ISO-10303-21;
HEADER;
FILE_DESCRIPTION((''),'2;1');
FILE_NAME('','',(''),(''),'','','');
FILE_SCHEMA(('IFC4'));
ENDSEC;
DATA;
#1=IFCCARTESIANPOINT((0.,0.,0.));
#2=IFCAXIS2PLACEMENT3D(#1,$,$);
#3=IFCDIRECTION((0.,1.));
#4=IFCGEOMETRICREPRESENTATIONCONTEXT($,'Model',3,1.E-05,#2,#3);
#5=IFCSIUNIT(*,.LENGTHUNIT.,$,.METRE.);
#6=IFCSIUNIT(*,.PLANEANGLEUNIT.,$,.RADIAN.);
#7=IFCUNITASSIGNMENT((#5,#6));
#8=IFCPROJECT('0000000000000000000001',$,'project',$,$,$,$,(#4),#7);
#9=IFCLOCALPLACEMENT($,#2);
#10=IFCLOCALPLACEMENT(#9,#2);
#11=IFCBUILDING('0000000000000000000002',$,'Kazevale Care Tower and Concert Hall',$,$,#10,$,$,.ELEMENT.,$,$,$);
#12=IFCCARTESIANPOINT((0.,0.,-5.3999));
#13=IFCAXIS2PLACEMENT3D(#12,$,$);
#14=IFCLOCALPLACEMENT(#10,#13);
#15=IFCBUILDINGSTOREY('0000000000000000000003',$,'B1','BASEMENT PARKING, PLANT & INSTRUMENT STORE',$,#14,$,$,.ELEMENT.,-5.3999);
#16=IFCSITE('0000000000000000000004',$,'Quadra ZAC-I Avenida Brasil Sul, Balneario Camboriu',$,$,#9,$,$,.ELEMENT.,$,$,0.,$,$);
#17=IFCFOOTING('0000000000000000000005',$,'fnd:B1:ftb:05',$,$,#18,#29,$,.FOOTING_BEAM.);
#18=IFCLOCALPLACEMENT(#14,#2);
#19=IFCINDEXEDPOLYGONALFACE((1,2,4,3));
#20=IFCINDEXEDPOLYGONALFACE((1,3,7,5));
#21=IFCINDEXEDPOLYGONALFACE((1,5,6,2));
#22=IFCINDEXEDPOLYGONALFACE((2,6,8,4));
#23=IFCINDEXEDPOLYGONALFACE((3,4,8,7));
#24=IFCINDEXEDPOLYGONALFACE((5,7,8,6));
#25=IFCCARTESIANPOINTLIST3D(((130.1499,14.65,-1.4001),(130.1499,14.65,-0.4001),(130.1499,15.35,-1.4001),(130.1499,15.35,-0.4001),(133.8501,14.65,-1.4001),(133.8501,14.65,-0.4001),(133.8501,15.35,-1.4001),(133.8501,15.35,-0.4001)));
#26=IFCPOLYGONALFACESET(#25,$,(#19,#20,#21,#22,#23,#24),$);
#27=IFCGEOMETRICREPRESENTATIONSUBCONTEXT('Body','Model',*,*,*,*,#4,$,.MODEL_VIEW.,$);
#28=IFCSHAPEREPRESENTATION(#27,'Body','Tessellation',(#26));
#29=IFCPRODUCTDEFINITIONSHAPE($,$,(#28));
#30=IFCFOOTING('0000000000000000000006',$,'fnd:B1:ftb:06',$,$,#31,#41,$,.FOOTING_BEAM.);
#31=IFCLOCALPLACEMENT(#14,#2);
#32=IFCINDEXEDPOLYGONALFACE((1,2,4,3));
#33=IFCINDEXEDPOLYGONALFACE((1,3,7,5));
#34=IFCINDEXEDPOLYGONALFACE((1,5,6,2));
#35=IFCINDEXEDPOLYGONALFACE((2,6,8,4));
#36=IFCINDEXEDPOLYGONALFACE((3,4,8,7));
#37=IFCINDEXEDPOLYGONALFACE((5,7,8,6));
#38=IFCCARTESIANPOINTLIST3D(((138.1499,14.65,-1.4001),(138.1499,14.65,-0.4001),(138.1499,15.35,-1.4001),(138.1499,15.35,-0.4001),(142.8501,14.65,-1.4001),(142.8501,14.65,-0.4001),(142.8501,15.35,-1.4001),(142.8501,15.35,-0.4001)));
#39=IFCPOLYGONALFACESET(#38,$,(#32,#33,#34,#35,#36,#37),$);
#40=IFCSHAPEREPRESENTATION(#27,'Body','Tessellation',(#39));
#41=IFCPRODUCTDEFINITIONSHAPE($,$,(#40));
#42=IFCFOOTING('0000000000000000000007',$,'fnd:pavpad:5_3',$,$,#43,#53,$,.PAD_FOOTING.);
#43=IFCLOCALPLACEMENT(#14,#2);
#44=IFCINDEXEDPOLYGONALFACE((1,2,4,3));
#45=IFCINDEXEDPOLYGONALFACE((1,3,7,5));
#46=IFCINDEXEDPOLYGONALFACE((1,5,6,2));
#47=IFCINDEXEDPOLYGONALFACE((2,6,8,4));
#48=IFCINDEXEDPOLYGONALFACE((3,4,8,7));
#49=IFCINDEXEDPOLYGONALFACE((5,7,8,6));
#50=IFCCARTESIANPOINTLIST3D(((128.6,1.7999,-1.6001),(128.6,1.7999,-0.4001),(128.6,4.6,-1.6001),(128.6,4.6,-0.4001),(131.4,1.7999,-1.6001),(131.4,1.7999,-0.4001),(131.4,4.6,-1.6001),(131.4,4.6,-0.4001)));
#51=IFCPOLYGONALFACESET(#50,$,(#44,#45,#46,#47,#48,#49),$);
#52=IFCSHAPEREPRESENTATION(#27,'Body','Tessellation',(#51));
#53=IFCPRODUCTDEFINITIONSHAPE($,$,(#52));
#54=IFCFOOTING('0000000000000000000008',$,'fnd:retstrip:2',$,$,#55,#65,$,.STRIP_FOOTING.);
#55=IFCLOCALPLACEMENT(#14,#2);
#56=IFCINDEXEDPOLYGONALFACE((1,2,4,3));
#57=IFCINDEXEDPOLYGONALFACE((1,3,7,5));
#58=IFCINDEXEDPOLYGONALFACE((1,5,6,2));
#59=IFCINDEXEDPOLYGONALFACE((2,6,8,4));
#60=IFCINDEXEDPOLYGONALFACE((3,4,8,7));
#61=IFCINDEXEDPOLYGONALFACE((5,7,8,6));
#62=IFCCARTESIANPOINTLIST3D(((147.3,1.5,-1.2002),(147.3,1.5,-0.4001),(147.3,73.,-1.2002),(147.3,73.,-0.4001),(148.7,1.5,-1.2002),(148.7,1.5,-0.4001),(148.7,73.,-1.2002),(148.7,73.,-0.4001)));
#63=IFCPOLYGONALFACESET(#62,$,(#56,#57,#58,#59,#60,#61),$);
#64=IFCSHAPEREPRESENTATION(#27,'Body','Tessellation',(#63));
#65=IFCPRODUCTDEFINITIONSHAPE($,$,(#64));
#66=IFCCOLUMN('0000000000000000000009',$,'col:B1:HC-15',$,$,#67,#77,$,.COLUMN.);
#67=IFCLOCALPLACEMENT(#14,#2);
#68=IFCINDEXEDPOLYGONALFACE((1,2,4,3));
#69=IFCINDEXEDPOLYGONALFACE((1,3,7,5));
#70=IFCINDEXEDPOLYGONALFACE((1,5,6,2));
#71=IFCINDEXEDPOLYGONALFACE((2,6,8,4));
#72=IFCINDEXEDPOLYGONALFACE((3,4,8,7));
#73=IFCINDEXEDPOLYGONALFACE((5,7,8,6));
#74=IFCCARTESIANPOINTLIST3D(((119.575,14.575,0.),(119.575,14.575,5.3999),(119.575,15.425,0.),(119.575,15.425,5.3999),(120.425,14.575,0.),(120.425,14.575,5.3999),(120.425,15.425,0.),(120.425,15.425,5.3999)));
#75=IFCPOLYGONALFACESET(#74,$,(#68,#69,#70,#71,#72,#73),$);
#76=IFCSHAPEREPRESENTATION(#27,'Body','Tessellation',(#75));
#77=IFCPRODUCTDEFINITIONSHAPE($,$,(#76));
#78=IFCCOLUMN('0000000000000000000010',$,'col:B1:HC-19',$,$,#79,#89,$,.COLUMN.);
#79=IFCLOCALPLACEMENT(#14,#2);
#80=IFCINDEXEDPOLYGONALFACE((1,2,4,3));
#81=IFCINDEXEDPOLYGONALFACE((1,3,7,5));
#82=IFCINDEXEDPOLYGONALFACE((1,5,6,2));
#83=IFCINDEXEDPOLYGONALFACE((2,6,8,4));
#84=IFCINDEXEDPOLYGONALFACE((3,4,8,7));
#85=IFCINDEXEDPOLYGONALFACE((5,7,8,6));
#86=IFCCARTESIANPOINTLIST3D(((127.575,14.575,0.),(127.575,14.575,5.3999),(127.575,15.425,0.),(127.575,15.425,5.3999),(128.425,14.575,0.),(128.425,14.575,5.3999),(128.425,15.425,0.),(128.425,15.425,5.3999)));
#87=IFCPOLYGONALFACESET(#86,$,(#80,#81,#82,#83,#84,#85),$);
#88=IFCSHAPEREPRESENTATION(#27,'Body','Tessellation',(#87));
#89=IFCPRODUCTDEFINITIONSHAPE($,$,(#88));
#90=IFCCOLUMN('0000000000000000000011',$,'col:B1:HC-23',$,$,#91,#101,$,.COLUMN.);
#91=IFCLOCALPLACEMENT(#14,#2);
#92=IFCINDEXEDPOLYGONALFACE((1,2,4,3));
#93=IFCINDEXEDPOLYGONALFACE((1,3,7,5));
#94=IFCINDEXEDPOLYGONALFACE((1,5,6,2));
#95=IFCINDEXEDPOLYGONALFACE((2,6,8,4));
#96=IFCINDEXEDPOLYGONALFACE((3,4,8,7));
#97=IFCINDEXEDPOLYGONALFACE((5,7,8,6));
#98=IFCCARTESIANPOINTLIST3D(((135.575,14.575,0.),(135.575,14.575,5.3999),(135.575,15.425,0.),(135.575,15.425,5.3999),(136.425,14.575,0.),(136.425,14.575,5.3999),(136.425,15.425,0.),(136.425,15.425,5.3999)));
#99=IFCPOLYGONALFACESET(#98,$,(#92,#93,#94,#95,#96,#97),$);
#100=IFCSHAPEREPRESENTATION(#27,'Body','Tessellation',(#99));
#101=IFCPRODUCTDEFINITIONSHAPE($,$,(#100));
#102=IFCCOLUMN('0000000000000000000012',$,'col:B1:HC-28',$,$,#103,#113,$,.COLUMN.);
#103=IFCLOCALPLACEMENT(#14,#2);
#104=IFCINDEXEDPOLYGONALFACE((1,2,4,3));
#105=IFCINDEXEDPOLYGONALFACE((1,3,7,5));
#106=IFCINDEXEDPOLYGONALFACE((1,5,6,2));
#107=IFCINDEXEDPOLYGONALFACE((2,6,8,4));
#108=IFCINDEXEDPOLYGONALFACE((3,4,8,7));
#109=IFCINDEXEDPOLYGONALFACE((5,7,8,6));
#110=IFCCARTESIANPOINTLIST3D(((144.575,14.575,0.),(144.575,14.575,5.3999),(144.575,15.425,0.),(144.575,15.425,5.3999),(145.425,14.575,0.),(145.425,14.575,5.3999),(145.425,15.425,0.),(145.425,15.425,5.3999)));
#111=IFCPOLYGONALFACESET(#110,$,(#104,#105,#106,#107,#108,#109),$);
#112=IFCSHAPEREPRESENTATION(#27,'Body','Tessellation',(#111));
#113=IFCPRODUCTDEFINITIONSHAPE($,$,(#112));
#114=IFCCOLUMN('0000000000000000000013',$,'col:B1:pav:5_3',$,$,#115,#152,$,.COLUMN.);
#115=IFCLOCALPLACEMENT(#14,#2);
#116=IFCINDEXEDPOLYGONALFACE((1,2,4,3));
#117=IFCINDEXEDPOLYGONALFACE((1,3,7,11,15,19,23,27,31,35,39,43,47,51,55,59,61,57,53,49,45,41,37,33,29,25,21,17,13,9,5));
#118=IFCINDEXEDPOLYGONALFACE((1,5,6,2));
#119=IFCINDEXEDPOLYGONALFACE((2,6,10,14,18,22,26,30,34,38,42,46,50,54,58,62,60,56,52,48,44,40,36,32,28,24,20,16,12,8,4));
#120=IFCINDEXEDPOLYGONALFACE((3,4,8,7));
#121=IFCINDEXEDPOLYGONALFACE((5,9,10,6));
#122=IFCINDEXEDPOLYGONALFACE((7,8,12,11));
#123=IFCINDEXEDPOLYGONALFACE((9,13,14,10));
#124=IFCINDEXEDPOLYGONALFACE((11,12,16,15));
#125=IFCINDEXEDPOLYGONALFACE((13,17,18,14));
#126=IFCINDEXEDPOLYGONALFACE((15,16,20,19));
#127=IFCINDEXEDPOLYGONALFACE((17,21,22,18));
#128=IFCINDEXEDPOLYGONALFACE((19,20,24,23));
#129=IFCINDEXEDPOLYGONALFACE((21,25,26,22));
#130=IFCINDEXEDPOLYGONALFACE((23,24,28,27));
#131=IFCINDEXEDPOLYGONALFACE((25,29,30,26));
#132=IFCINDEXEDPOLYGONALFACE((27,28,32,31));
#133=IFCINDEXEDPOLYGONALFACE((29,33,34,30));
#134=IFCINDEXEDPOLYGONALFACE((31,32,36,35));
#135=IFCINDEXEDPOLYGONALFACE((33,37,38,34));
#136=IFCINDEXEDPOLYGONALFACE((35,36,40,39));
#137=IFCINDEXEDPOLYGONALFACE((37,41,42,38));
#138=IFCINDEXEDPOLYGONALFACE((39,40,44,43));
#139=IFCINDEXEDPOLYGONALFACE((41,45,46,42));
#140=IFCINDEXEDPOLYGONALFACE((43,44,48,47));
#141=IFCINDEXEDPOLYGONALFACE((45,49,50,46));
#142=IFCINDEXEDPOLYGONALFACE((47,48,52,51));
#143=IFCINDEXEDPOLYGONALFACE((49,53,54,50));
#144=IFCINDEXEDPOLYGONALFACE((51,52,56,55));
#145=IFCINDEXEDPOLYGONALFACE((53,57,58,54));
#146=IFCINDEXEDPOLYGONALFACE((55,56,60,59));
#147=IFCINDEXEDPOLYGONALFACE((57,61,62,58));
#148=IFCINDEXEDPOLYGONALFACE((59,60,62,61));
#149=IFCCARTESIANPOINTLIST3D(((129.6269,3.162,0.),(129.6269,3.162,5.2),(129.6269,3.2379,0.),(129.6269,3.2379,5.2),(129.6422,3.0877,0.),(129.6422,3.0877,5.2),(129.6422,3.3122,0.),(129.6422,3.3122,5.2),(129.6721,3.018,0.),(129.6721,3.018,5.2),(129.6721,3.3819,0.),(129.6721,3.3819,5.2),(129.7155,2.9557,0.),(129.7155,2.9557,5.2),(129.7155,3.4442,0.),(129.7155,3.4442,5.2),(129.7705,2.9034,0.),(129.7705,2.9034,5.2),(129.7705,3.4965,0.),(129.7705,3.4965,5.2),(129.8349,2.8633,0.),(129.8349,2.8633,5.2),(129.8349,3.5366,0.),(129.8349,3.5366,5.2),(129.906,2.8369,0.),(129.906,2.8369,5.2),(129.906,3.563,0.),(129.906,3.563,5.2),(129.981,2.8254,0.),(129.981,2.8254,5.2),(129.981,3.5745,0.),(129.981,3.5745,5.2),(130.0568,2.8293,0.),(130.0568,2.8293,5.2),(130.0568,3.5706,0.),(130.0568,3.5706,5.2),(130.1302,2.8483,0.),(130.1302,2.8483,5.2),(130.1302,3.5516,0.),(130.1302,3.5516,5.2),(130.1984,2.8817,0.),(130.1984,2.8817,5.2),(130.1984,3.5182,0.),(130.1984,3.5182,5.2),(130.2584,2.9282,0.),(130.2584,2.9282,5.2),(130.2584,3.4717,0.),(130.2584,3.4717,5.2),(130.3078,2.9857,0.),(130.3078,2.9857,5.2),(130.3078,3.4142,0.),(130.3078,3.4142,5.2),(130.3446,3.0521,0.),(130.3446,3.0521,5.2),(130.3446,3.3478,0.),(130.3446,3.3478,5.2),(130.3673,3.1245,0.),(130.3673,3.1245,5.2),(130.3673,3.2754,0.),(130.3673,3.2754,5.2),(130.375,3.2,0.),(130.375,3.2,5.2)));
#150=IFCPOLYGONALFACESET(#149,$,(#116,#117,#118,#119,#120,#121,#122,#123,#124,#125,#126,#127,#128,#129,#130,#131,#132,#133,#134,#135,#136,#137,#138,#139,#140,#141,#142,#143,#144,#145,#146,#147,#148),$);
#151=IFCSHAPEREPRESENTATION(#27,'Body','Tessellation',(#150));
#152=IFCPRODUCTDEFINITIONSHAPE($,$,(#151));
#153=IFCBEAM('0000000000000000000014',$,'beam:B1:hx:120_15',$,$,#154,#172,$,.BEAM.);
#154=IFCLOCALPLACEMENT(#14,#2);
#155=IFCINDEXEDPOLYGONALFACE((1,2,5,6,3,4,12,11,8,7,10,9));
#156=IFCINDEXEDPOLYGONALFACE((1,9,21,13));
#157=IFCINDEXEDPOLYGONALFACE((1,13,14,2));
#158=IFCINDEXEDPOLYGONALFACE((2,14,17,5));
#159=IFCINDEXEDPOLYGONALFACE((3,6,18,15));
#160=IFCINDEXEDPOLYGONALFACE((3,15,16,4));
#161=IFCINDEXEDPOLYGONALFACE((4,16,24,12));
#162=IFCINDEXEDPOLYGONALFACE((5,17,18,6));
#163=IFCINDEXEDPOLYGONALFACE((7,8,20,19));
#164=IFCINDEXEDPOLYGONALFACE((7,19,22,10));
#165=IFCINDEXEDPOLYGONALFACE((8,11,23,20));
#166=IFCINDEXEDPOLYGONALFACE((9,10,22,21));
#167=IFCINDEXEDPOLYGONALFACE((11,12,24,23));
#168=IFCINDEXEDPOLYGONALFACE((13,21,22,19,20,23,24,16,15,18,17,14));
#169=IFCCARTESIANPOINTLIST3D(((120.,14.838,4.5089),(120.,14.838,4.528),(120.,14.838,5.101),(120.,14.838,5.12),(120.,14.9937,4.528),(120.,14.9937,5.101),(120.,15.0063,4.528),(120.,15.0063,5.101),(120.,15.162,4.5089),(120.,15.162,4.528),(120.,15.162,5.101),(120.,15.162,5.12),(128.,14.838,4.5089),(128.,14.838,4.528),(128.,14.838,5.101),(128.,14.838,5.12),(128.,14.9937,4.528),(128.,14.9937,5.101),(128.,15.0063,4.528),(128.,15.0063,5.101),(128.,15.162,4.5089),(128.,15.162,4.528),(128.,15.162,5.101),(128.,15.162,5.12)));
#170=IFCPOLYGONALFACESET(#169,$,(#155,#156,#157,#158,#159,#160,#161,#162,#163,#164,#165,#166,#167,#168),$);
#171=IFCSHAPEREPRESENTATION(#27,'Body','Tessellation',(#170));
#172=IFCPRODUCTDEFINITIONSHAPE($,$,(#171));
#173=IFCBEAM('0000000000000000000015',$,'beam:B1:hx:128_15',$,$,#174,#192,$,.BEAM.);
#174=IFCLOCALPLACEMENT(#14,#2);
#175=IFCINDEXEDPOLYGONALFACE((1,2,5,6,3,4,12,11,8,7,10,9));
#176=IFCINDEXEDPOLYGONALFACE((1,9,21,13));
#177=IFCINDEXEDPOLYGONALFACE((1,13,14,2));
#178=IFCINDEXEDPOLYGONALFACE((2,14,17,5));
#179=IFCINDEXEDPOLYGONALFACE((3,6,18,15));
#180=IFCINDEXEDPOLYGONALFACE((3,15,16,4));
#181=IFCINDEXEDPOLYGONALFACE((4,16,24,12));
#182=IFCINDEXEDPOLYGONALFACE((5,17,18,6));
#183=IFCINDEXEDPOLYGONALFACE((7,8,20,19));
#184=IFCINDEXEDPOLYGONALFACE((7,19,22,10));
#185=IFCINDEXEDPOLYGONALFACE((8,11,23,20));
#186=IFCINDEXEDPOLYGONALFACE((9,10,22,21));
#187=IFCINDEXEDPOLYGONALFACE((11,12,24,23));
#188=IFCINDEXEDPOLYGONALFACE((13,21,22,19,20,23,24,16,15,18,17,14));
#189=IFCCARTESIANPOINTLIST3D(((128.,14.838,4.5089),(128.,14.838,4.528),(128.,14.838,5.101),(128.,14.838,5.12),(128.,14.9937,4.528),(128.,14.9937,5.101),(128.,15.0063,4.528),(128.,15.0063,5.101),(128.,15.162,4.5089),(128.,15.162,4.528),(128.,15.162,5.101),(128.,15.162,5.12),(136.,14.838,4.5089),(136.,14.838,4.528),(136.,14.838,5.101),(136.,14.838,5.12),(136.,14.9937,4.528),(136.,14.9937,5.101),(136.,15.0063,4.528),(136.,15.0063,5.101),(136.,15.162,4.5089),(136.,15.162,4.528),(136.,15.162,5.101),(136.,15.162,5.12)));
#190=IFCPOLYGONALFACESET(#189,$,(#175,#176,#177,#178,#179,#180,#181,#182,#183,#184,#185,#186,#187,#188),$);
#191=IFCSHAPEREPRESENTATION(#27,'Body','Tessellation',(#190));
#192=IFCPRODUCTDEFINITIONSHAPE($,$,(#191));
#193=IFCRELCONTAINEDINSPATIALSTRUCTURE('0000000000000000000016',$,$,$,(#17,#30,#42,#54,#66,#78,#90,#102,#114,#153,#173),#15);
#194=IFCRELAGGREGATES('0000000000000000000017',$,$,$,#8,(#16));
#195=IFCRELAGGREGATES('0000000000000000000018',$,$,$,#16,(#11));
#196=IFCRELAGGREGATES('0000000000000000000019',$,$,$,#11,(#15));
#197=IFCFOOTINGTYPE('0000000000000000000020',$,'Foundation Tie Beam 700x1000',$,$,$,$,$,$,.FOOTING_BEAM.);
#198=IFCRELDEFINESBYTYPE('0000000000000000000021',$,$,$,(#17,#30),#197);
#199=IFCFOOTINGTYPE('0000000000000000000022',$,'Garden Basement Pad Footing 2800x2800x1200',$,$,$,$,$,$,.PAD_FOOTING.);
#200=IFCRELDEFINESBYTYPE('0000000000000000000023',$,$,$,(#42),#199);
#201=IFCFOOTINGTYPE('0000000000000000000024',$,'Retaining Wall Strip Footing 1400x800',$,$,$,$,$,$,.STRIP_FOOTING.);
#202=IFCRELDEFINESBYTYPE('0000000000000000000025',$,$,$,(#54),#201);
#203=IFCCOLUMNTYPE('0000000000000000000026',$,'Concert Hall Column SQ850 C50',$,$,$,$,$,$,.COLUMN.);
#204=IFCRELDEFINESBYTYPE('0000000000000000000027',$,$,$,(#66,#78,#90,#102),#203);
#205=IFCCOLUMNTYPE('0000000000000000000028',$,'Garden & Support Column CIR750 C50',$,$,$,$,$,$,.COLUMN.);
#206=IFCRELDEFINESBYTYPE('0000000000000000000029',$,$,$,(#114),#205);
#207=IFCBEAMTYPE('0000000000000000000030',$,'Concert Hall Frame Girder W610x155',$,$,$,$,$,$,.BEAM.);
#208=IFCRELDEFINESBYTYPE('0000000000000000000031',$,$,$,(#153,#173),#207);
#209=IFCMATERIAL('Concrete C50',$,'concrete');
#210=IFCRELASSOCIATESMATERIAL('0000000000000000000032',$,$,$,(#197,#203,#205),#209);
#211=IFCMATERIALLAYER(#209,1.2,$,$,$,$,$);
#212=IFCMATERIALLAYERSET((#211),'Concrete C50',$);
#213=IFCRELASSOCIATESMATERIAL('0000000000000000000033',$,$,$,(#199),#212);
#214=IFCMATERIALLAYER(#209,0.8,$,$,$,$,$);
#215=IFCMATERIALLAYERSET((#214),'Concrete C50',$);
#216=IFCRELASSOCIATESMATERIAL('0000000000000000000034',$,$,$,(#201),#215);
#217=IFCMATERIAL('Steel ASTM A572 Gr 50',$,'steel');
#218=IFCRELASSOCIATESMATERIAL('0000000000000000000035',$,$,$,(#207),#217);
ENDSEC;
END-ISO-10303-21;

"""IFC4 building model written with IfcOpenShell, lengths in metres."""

from ifc_helpers import new_model, si_unit, direction, frame, frame_2d, origin, origin_2d, place, context, subcontext, project, spatial, rectangle, circle, i_section, extrude, material, layer, layer_set, material_profile, profile_set, type_object, element, save


model = new_model("IFC4")

# Units and contexts
model_context = context("Model", 3, precision=1e-05, world=origin(), true_north=direction((0.0, 1.0)))
body_context = subcontext(model_context, "Body", "Model", "MODEL_VIEW")
ifc_project = project(units=[si_unit("LENGTHUNIT", "METRE"), si_unit("PLANEANGLEUNIT", "RADIAN")], contexts=[model_context])

# Site, building, storey
site_placement = place(None, origin())
site = spatial("IfcSite", under=ifc_project, at=site_placement, Name="Quadra ZAC-I Avenida Brasil Sul, Balneario Camboriu", CompositionType="ELEMENT", RefElevation=0.0)
building_placement = place(site_placement, origin())
building = spatial("IfcBuilding", under=site, at=building_placement, Name="Kazevale Care Tower and Concert Hall", CompositionType="ELEMENT")
storey_placement = place(building_placement, frame((0.0, 0.0, -5.3999)))
storey = spatial("IfcBuildingStorey", under=building, at=storey_placement, Name="B1", Description="BASEMENT PARKING, PLANT & INSTRUMENT STORE", CompositionType="ELEMENT", Elevation=-5.3999)

# Shared definitions
ifc_material_1 = material(Name="Concrete C50", Category="concrete")

# Footings
ifc_material_profile_1 = material_profile(ifc_material_1, rectangle(XDim=0.7, YDim=1.0, at=origin_2d()), Name="RC-GB700x1000")
ifc_profile_set_1 = profile_set([ifc_material_profile_1], Name="Concrete C50")
footing_type_1 = type_object("IfcFootingType", Name="Foundation Tie Beam 700x1000", PredefinedType="FOOTING_BEAM", material=ifc_profile_set_1)
for number, where, z_axis, x_axis, name in (
    (1, (130.1499, 15.0, -1.4001), (0.0, 0.0, 1.0), (1.0, 0.0, 0.0), "fnd:B1:ftb:05"),
):
    element("IfcFooting", number, at=place(storey_placement, frame(where, z_axis=z_axis, x_axis=x_axis)), inside=storey, type_object=footing_type_1, Name=name, PredefinedType="FOOTING_BEAM", context=body_context, shape_type="SweptSolid", body=[
        extrude(rectangle(XDim=3.7002, YDim=0.7, at=frame_2d((1.8501, 0.0))), origin(), (0.0, 0.0, 1.0), 1.0),
    ])
footing_1_placement = place(storey_placement, frame((138.1499, 15.0, -1.4001), z_axis=(0.0, 0.0, 1.0), x_axis=(1.0, 0.0, 0.0)))
element("IfcFooting", 2, at=footing_1_placement, inside=storey, type_object=footing_type_1, Name="fnd:B1:ftb:06", PredefinedType="FOOTING_BEAM", context=body_context, shape_type="SweptSolid", body=[
    extrude(rectangle(XDim=4.7002, YDim=0.7, at=frame_2d((2.3501, 0.0))), origin(), (0.0, 0.0, 1.0), 1.0),
])
ifc_layer_1 = layer(ifc_material_1, 1.2)
ifc_layer_set_1 = layer_set([ifc_layer_1], Name="Concrete C50")
footing_type_2 = type_object("IfcFootingType", Name="Garden Basement Pad Footing 2800x2800x1200", PredefinedType="PAD_FOOTING", material=ifc_layer_set_1)
footing_2_placement = place(storey_placement, frame((130.0, 3.2, -1.6001), z_axis=(0.0, 0.0, 1.0), x_axis=(1.0, 0.0, 0.0)))
element("IfcFooting", 3, at=footing_2_placement, inside=storey, type_object=footing_type_2, Name="fnd:pavpad:5_3", PredefinedType="PAD_FOOTING", context=body_context, shape_type="SweptSolid", body=[
    extrude(rectangle(XDim=2.8, YDim=2.8, at=origin_2d()), origin(), (0.0, 0.0, 1.0), 1.2),
])
ifc_layer_2 = layer(ifc_material_1, 0.8)
ifc_layer_set_2 = layer_set([ifc_layer_2], Name="Concrete C50")
footing_type_3 = type_object("IfcFootingType", Name="Retaining Wall Strip Footing 1400x800", PredefinedType="STRIP_FOOTING", material=ifc_layer_set_2)
footing_3_placement = place(storey_placement, frame((148.0, 1.5, -1.2002), z_axis=(0.0, 0.0, 1.0), x_axis=(0.0, 1.0, 0.0)))
element("IfcFooting", 4, at=footing_3_placement, inside=storey, type_object=footing_type_3, Name="fnd:retstrip:2", PredefinedType="STRIP_FOOTING", context=body_context, shape_type="SweptSolid", body=[
    extrude(rectangle(XDim=71.5, YDim=1.3999, at=frame_2d((35.75, 0.0))), origin(), (0.0, 0.0, 1.0), 0.8),
])

# Columns
ifc_material_profile_2 = material_profile(ifc_material_1, rectangle(XDim=0.8501, YDim=0.8501, at=origin_2d()), Name="RC-SQ850")
ifc_profile_set_2 = profile_set([ifc_material_profile_2], Name="Concrete C50")
column_type_1 = type_object("IfcColumnType", Name="Concert Hall Column SQ850 C50", PredefinedType="COLUMN", material=ifc_profile_set_2)
for number, where, z_axis, x_axis, name in (
    (5, (120.0, 15.0, 0.0), (0.0, 0.0, 1.0), (1.0, 0.0, 0.0), "col:B1:HC-15"),
    (6, (128.0, 15.0, 0.0), (0.0, 0.0, 1.0), (1.0, 0.0, 0.0), "col:B1:HC-19"),
    (7, (136.0, 15.0, 0.0), (0.0, 0.0, 1.0), (1.0, 0.0, 0.0), "col:B1:HC-23"),
    (8, (145.0, 15.0, 0.0), (0.0, 0.0, 1.0), (1.0, 0.0, 0.0), "col:B1:HC-28"),
):
    element("IfcColumn", number, at=place(storey_placement, frame(where, z_axis=z_axis, x_axis=x_axis)), inside=storey, type_object=column_type_1, Name=name, PredefinedType="COLUMN", context=body_context, shape_type="SweptSolid", body=[
        extrude(rectangle(XDim=0.8501, YDim=0.8501, at=origin_2d()), origin(), (0.0, 0.0, 1.0), 5.3999),
    ])
ifc_material_profile_3 = material_profile(ifc_material_1, circle(Radius=0.375, at=origin_2d()), Name="RC-CIR750")
ifc_profile_set_3 = profile_set([ifc_material_profile_3], Name="Concrete C50")
column_type_2 = type_object("IfcColumnType", Name="Garden & Support Column CIR750 C50", PredefinedType="COLUMN", material=ifc_profile_set_3)
column_placement = place(storey_placement, frame((130.0, 3.2, 0.0), z_axis=(0.0, 0.0, 1.0), x_axis=(1.0, 0.0, 0.0)))
element("IfcColumn", 9, at=column_placement, inside=storey, type_object=column_type_2, Name="col:B1:pav:5_3", PredefinedType="COLUMN", context=body_context, shape_type="SweptSolid", body=[
    extrude(circle(Radius=0.375, at=origin_2d()), origin(), (0.0, 0.0, 1.0), 5.2),
])

# Beams
ifc_material_2 = material(Name="Steel ASTM A572 Gr 50", Category="steel")
ifc_material_profile_4 = material_profile(ifc_material_2, i_section(OverallWidth=0.324, OverallDepth=0.6111, WebThickness=0.0127, FlangeThickness=0.019, at=origin_2d()), Name="W610x155")
ifc_profile_set_4 = profile_set([ifc_material_profile_4], Name="Steel ASTM A572 Gr 50")
beam_type_1 = type_object("IfcBeamType", Name="Concert Hall Frame Girder W610x155", PredefinedType="BEAM", material=ifc_profile_set_4)
for number, where, z_axis, x_axis, name in (
    (10, (120.0, 15.0, 4.8145), (1.0, 0.0, 0.0), (0.0, 1.0, 0.0), "beam:B1:hx:120_15"),
    (11, (128.0, 15.0, 4.8145), (1.0, 0.0, 0.0), (0.0, 1.0, 0.0), "beam:B1:hx:128_15"),
):
    element("IfcBeam", number, at=place(storey_placement, frame(where, z_axis=z_axis, x_axis=x_axis)), inside=storey, type_object=beam_type_1, Name=name, PredefinedType="BEAM", context=body_context, shape_type="SweptSolid", body=[
        extrude(i_section(OverallWidth=0.324, OverallDepth=0.6111, WebThickness=0.0127, FlangeThickness=0.019, at=origin_2d()), origin(), (0.0, 0.0, 1.0), 8.0),
    ])

save(model, "model.ifc")
